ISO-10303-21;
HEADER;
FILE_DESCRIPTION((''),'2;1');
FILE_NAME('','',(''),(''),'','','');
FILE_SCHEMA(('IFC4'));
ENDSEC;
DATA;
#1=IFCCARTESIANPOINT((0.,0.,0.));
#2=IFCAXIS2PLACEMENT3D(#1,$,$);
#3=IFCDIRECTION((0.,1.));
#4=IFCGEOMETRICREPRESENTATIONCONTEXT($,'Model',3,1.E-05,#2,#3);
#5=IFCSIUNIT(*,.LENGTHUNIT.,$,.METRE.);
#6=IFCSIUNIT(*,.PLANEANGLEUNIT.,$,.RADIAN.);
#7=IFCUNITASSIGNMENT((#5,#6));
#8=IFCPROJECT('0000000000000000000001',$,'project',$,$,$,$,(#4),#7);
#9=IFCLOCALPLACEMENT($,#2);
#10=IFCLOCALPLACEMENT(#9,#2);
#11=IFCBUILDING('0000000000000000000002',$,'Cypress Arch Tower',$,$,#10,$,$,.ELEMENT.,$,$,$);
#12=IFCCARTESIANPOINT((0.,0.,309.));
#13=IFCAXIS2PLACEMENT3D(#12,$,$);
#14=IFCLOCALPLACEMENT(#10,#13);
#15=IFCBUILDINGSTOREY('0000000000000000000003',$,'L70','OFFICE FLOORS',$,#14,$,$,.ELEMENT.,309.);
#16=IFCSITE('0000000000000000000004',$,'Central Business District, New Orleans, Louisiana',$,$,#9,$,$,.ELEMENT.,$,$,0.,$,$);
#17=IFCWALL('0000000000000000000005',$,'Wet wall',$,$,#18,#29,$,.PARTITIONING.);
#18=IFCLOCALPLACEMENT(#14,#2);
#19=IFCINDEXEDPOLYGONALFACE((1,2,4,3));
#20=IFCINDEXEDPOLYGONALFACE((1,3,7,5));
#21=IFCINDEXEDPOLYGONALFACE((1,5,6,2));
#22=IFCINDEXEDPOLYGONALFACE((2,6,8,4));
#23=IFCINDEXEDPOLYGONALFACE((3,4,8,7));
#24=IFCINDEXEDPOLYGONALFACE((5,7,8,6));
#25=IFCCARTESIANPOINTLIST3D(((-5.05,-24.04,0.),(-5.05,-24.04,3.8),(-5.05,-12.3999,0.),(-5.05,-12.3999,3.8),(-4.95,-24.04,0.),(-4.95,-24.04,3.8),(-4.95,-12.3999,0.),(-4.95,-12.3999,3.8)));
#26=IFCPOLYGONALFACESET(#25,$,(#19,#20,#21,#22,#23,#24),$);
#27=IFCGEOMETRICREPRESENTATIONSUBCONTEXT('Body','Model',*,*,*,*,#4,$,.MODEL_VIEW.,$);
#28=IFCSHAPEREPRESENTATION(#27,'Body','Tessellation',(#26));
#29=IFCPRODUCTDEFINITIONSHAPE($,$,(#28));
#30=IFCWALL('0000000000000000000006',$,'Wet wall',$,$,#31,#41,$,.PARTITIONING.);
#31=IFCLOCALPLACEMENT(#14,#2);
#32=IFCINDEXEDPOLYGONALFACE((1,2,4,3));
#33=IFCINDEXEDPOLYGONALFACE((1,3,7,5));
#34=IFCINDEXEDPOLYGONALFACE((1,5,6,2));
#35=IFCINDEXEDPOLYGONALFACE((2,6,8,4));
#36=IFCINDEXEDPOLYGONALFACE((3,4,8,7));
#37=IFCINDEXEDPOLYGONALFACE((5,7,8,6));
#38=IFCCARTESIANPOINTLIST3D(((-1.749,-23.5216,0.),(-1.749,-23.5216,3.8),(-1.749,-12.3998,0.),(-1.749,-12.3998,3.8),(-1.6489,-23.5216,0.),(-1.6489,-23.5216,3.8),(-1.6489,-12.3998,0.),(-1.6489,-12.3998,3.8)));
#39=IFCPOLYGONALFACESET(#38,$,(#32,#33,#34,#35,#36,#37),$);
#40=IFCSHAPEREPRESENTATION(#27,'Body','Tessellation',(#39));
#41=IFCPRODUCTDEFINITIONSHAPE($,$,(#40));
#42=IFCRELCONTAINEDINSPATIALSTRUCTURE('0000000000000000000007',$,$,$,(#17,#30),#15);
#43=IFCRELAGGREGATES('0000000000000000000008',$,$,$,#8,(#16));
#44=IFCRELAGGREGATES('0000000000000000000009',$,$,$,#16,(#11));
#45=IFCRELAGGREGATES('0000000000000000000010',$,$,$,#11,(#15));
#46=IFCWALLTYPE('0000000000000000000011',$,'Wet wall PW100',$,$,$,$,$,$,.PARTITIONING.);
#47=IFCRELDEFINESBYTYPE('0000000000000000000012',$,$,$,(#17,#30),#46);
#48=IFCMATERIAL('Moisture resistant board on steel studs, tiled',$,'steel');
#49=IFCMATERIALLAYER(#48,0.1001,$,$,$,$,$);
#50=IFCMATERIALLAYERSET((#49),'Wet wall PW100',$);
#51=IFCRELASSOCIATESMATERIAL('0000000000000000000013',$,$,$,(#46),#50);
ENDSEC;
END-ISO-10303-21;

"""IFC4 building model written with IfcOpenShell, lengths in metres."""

from ifc_helpers import new_model, si_unit, direction, frame, frame_2d, origin, place, context, subcontext, project, spatial, rectangle, extrude, material, layer, layer_set, type_object, element, save


model = new_model("IFC4")

# Units and contexts
model_context = context("Model", 3, precision=1e-05, world=origin(), true_north=direction((0.0, 1.0)))
body_context = subcontext(model_context, "Body", "Model", "MODEL_VIEW")
ifc_project = project(units=[si_unit("LENGTHUNIT", "METRE"), si_unit("PLANEANGLEUNIT", "RADIAN")], contexts=[model_context])

# Site, building, storey
site_placement = place(None, origin())
site = spatial("IfcSite", under=ifc_project, at=site_placement, Name="Central Business District, New Orleans, Louisiana", CompositionType="ELEMENT", RefElevation=0.0)
building_placement = place(site_placement, origin())
building = spatial("IfcBuilding", under=site, at=building_placement, Name="Cypress Arch Tower", CompositionType="ELEMENT")
storey_placement = place(building_placement, frame((0.0, 0.0, 309.0)))
storey = spatial("IfcBuildingStorey", under=building, at=storey_placement, Name="L70", Description="OFFICE FLOORS", CompositionType="ELEMENT", Elevation=309.0)

# Walls
ifc_material_1 = material(Name="Moisture resistant board on steel studs, tiled", Category="steel")
ifc_layer_1 = layer(ifc_material_1, 0.1001)
ifc_layer_set_1 = layer_set([ifc_layer_1], Name="Wet wall PW100")
wall_type_1 = type_object("IfcWallType", Name="Wet wall PW100", PredefinedType="PARTITIONING", material=ifc_layer_set_1)
wall_1_placement = place(storey_placement, frame((-5.0, -24.04, 0.0), z_axis=(0.0, 0.0, 1.0), x_axis=(0.0, 1.0, 0.0)))
element("IfcWall", 1, at=wall_1_placement, inside=storey, type_object=wall_type_1, Name="Wet wall", PredefinedType="PARTITIONING", context=body_context, shape_type="SweptSolid", body=[
    extrude(rectangle(XDim=11.6401, YDim=0.1001, at=frame_2d((5.8201, 0.0))), origin(), (0.0, 0.0, 1.0), 3.8),
])
wall_2_placement = place(storey_placement, frame((-1.699, -23.5217, 0.0), z_axis=(0.0, 0.0, 1.0), x_axis=(0.0, 1.0, 0.0)))
element("IfcWall", 2, at=wall_2_placement, inside=storey, type_object=wall_type_1, Name="Wet wall", PredefinedType="PARTITIONING", context=body_context, shape_type="SweptSolid", body=[
    extrude(rectangle(XDim=11.1218, YDim=0.1001, at=frame_2d((5.561, 0.0))), origin(), (0.0, 0.0, 1.0), 3.8),
])

save(model, "model.ifc")
